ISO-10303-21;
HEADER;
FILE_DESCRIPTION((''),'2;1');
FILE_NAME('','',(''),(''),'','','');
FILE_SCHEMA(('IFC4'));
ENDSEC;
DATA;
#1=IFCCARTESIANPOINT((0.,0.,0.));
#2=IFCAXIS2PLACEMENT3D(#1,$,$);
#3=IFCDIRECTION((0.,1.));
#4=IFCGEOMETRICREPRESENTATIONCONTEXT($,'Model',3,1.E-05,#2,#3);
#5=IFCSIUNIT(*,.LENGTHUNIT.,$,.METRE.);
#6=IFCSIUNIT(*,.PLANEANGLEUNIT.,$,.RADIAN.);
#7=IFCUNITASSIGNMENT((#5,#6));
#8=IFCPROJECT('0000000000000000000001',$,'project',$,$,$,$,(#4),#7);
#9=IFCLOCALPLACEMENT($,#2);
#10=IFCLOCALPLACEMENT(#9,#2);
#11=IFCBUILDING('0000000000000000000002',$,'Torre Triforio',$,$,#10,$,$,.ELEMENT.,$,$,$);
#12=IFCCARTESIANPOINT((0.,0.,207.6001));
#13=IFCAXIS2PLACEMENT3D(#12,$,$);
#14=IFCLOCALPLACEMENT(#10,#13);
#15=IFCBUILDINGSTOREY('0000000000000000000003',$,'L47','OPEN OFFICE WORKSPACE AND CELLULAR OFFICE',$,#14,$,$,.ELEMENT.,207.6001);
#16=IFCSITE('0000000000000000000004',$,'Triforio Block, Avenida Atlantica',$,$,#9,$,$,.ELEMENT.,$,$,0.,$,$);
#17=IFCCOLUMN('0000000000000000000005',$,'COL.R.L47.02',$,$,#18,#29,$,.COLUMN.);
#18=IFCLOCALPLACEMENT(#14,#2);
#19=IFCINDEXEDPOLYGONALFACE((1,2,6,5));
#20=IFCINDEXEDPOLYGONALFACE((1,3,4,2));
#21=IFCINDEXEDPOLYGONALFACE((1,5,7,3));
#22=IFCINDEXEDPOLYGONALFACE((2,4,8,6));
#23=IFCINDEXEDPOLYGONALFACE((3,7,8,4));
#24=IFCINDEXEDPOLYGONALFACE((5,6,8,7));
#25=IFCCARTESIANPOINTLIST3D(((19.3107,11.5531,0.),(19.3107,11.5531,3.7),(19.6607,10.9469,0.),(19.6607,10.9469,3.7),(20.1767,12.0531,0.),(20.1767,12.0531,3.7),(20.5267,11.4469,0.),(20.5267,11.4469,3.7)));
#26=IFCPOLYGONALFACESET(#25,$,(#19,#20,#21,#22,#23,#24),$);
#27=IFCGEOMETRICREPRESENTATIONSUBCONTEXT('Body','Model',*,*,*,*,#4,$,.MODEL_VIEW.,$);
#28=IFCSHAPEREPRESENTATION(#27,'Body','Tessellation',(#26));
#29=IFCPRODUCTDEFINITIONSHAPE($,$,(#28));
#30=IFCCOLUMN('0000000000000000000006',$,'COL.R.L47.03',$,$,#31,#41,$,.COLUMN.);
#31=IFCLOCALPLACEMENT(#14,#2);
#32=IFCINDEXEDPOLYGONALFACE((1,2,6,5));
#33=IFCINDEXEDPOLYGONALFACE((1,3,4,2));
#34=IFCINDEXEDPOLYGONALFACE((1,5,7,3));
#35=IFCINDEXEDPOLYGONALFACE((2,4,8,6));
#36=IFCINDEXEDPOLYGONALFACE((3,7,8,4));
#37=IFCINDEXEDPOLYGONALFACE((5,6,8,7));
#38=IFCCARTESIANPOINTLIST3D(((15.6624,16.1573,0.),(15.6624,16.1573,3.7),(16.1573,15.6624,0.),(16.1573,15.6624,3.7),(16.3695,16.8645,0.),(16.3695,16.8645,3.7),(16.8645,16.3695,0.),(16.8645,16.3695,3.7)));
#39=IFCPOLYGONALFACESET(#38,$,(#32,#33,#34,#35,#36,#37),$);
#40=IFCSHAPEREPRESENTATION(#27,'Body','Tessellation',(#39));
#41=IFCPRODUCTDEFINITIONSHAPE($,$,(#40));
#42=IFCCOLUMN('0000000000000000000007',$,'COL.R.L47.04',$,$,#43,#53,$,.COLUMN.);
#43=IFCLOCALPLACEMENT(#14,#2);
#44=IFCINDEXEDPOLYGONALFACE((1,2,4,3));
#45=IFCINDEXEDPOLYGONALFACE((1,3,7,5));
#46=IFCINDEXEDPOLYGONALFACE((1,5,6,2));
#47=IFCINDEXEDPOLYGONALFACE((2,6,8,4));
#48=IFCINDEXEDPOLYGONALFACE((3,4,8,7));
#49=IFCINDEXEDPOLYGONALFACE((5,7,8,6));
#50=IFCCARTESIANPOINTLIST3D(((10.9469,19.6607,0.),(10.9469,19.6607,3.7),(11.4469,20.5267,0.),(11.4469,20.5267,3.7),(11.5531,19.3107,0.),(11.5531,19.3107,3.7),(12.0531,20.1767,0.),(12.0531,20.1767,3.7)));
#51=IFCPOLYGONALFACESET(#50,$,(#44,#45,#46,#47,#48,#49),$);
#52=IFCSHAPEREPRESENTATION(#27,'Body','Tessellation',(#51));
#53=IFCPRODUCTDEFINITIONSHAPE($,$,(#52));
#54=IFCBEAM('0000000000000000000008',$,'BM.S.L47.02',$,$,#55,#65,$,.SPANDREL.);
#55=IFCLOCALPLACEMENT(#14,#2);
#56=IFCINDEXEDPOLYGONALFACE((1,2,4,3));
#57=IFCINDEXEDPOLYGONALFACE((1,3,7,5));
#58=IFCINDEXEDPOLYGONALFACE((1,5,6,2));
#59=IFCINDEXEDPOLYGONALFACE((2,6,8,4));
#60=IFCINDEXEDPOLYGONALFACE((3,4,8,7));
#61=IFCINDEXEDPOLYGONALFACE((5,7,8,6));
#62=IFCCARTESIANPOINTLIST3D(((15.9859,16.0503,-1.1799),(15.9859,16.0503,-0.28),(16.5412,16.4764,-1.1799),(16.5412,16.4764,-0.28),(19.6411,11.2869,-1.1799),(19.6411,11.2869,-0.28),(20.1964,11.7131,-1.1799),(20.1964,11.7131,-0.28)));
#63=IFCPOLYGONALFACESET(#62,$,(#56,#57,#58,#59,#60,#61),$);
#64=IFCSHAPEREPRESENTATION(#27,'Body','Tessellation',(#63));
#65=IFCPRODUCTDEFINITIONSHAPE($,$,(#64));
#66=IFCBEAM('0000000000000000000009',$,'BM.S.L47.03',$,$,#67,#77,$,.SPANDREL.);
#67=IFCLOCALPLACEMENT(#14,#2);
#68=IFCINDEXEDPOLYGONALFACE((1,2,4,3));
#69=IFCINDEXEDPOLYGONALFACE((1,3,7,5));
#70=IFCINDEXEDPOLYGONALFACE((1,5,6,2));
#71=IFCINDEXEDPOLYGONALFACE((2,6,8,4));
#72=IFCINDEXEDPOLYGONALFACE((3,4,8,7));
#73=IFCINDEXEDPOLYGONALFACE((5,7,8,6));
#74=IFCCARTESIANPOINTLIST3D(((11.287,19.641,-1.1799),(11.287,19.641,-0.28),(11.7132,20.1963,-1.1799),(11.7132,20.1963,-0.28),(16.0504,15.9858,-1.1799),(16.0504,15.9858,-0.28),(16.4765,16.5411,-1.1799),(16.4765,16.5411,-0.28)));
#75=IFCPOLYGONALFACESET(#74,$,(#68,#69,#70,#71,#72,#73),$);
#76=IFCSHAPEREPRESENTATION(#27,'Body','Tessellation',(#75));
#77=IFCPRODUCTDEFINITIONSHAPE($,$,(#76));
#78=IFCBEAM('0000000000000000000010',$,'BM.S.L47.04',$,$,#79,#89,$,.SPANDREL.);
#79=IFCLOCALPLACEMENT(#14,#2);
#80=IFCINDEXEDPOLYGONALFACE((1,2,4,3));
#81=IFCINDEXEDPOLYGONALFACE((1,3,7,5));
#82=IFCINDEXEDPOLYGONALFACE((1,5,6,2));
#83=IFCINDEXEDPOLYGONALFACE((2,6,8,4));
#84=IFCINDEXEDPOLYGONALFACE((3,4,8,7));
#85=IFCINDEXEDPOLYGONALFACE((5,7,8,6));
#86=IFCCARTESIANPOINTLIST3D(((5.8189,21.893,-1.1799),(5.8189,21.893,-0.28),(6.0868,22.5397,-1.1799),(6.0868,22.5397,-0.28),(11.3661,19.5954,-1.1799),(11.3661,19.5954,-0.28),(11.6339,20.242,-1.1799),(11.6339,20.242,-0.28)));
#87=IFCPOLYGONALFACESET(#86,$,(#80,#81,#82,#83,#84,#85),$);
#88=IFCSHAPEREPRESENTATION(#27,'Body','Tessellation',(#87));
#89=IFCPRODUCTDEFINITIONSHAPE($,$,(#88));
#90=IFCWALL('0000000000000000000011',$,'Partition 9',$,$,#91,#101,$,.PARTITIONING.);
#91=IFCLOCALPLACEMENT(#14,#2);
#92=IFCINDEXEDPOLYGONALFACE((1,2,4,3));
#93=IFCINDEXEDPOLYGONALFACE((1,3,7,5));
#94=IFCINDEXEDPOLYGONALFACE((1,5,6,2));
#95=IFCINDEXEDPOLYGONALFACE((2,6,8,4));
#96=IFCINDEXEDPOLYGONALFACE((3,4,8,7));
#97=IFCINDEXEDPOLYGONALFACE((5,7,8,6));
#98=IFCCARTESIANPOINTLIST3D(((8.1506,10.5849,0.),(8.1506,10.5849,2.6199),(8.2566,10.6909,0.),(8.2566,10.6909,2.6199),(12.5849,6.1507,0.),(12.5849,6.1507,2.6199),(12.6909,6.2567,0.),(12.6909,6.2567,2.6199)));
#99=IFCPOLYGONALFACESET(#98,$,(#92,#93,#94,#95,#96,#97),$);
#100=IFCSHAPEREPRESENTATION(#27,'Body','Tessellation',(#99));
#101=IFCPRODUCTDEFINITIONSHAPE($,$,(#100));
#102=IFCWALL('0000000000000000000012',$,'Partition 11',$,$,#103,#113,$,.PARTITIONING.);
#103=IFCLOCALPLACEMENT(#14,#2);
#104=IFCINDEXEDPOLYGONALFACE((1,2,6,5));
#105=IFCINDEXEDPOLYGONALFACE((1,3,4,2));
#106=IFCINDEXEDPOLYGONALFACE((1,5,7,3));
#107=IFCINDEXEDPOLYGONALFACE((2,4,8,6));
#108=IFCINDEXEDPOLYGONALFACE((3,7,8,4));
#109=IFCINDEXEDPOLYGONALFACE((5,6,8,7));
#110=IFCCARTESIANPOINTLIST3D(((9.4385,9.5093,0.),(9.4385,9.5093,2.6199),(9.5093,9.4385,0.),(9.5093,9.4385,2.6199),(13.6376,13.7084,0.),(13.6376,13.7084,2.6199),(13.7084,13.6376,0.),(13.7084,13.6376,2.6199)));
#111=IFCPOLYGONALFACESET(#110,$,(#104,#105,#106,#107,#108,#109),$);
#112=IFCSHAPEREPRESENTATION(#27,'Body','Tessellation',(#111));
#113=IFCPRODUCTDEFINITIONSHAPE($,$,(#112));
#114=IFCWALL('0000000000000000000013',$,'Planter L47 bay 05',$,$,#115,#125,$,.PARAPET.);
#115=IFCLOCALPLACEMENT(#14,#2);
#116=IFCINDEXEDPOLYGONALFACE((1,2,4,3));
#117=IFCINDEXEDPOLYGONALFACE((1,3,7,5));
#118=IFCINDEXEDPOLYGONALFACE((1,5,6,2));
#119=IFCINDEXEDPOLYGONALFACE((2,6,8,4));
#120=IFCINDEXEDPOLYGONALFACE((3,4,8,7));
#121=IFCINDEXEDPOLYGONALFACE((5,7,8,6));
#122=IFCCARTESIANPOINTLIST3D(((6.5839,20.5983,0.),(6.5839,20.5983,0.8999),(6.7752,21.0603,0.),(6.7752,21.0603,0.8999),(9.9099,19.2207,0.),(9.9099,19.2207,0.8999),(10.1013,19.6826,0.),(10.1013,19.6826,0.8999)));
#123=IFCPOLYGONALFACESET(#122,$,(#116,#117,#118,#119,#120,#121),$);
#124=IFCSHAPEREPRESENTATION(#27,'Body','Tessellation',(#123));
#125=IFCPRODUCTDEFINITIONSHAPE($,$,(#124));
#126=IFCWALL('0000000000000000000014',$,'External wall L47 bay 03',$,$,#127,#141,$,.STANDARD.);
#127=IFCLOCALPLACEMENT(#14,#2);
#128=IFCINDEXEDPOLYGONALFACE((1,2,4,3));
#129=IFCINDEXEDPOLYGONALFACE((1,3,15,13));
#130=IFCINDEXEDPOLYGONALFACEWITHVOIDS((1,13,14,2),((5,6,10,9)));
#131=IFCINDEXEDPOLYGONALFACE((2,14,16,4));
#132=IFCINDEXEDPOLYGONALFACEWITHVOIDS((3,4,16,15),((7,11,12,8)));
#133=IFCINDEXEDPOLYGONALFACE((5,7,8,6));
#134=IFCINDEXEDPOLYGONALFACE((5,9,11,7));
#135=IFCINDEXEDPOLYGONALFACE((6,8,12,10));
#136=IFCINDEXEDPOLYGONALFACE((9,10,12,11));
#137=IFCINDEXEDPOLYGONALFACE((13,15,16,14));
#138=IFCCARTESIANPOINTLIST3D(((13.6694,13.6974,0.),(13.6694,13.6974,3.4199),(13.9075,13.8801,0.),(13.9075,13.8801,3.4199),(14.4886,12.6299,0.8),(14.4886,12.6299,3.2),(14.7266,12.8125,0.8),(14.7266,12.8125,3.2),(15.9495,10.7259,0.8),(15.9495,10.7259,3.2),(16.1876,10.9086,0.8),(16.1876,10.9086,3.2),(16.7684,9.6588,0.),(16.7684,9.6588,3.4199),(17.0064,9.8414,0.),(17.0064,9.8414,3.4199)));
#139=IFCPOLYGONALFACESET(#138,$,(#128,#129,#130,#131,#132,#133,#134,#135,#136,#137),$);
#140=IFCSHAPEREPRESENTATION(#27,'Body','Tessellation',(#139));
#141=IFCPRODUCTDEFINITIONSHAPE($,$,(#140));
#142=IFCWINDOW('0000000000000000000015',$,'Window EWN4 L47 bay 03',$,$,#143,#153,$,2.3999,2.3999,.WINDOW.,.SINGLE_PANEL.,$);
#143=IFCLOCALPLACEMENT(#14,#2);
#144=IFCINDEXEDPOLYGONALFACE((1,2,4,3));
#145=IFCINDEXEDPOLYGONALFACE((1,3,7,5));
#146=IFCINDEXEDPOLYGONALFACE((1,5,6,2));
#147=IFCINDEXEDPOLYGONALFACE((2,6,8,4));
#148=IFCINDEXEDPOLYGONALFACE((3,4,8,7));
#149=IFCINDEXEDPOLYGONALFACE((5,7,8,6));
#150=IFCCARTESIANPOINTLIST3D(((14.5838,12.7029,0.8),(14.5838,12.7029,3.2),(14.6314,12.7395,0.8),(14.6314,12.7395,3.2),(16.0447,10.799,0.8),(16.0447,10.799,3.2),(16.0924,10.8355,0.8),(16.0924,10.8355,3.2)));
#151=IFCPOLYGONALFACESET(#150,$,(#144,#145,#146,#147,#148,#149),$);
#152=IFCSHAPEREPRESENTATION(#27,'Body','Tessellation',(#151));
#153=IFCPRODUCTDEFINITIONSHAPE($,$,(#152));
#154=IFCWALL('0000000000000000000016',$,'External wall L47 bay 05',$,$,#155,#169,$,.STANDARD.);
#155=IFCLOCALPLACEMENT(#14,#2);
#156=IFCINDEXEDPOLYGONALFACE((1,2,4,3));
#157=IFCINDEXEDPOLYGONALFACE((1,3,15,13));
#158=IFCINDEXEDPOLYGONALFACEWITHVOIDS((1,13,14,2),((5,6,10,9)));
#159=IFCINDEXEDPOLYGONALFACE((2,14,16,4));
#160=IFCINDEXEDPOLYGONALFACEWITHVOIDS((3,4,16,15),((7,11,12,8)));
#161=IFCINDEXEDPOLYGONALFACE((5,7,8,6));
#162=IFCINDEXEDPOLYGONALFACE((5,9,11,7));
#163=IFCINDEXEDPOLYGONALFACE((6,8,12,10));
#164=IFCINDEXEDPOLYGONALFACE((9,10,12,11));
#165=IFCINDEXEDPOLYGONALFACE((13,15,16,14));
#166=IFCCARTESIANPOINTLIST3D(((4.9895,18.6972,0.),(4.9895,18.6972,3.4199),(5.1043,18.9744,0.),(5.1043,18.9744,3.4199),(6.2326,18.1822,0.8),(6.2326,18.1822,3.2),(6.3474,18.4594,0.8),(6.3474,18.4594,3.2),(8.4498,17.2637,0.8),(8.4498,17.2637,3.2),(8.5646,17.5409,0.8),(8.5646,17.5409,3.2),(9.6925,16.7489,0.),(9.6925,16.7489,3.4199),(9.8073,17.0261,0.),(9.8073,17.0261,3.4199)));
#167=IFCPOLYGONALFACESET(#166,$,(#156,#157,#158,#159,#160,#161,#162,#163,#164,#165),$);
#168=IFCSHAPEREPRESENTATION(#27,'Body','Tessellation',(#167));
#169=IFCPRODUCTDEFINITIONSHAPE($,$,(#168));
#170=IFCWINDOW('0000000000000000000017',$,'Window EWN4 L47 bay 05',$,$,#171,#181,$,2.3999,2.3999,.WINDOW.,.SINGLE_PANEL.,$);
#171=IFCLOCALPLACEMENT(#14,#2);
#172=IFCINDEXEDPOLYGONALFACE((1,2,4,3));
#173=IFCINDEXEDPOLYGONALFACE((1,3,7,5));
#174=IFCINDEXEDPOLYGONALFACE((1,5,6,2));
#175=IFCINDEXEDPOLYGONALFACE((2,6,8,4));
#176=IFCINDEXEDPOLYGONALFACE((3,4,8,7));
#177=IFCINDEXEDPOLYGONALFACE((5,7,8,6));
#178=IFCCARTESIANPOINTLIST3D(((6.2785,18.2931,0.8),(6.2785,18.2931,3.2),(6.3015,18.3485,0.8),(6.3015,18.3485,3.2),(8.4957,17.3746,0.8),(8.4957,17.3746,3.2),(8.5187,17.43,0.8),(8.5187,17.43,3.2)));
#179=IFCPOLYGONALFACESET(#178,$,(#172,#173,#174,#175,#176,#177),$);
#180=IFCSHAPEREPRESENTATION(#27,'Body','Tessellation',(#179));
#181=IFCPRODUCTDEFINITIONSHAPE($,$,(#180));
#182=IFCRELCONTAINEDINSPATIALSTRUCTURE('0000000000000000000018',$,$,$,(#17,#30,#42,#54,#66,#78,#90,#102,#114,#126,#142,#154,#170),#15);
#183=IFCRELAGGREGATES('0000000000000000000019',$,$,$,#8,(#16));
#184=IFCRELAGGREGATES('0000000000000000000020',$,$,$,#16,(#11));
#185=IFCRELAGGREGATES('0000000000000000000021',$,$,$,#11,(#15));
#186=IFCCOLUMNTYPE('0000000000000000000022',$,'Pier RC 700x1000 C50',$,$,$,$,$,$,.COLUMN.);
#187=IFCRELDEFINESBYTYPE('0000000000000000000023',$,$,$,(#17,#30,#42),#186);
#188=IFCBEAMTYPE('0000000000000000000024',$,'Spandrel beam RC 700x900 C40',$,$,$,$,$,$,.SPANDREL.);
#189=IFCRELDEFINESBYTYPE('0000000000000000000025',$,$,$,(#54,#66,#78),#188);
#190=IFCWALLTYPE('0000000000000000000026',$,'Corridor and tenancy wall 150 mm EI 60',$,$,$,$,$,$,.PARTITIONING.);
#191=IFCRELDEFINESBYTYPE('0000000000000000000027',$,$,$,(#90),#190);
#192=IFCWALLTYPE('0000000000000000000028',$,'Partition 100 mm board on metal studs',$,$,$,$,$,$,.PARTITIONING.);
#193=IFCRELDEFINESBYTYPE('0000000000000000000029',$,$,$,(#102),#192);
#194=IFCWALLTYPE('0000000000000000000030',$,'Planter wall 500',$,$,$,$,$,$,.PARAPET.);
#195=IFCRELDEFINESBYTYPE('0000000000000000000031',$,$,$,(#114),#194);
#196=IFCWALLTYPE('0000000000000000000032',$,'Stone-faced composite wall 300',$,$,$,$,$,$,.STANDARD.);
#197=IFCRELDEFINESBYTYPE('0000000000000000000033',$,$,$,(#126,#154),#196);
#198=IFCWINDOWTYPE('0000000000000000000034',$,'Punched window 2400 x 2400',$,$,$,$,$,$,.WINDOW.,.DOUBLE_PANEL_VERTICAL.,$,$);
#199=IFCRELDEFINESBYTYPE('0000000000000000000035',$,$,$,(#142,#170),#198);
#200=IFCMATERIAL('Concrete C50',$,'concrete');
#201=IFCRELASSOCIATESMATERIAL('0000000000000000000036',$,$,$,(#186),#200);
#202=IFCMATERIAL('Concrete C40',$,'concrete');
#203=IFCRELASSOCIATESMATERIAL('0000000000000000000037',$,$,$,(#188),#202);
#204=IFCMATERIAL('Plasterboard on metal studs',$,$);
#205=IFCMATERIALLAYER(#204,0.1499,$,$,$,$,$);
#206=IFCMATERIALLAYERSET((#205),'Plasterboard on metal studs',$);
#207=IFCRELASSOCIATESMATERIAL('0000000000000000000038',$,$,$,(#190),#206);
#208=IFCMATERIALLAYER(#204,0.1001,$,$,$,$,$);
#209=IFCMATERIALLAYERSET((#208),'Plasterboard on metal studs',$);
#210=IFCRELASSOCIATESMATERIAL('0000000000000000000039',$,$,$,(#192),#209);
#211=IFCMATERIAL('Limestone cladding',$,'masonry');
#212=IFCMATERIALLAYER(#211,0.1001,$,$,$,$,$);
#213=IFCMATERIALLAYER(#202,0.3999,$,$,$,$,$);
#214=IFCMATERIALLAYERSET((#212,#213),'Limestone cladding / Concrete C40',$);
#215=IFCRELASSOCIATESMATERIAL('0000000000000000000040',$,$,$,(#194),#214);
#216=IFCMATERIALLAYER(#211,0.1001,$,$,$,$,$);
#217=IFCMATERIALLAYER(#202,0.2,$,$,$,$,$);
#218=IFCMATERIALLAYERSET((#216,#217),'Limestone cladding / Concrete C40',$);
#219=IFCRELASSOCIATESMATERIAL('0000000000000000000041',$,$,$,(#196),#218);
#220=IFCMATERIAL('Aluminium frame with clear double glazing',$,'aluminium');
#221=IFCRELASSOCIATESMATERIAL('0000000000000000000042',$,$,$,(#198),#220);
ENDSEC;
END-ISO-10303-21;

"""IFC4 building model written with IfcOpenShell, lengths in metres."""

from ifc_helpers import new_model, si_unit, direction, frame, frame_2d, origin, origin_2d, place, context, subcontext, project, spatial, rectangle, extrude, material, layer, layer_set, material_profile, profile_set, type_object, element, fill, save


model = new_model("IFC4")

# Units and contexts
model_context = context("Model", 3, precision=1e-05, world=origin(), true_north=direction((0.0, 1.0)))
body_context = subcontext(model_context, "Body", "Model", "MODEL_VIEW")
ifc_project = project(units=[si_unit("LENGTHUNIT", "METRE"), si_unit("PLANEANGLEUNIT", "RADIAN")], contexts=[model_context])

# Site, building, storey
site_placement = place(None, origin())
site = spatial("IfcSite", under=ifc_project, at=site_placement, Name="Triforio Block, Avenida Atlantica", CompositionType="ELEMENT", RefElevation=0.0)
building_placement = place(site_placement, origin())
building = spatial("IfcBuilding", under=site, at=building_placement, Name="Torre Triforio", CompositionType="ELEMENT")
storey_placement = place(building_placement, frame((0.0, 0.0, 207.6001)))
storey = spatial("IfcBuildingStorey", under=building, at=storey_placement, Name="L47", Description="OPEN OFFICE WORKSPACE AND CELLULAR OFFICE", CompositionType="ELEMENT", Elevation=207.6001)

# Columns
ifc_material_1 = material(Name="Concrete C50", Category="concrete")
ifc_material_profile_1 = material_profile(ifc_material_1, rectangle(XDim=0.7, YDim=1.0, at=origin_2d()), Name="RC 700x1000")
ifc_profile_set_1 = profile_set([ifc_material_profile_1], Name="Concrete C50")
column_type = type_object("IfcColumnType", Name="Pier RC 700x1000 C50", PredefinedType="COLUMN", material=ifc_profile_set_1)
for number, where, z_axis, x_axis, name in (
    (1, (19.9187, 11.5, 0.0), (0.0, 0.0, 1.0), (-0.5, 0.866025, 0.0), "COL.R.L47.02"),
    (2, (16.2634, 16.2634, 0.0), (0.0, 0.0, 1.0), (-0.707107, 0.707107, 0.0), "COL.R.L47.03"),
    (3, (11.5, 19.9187, 0.0), (0.0, 0.0, 1.0), (-0.866025, 0.5, 0.0), "COL.R.L47.04"),
):
    element("IfcColumn", number, at=place(storey_placement, frame(where, z_axis=z_axis, x_axis=x_axis)), inside=storey, type_object=column_type, Name=name, PredefinedType="COLUMN", context=body_context, shape_type="SweptSolid", body=[
        extrude(rectangle(XDim=0.7, YDim=1.0, at=origin_2d()), origin(), (0.0, 0.0, 1.0), 3.7),
    ])

# Beams
ifc_material_2 = material(Name="Concrete C40", Category="concrete")
ifc_material_profile_2 = material_profile(ifc_material_2, rectangle(XDim=0.7, YDim=0.8999, at=origin_2d()), Name="RC 700x900")
ifc_profile_set_2 = profile_set([ifc_material_profile_2], Name="Concrete C40")
beam_type = type_object("IfcBeamType", Name="Spandrel beam RC 700x900 C40", PredefinedType="SPANDREL", material=ifc_profile_set_2)
for number, where, z_axis, x_axis, name in (
    (4, (19.9187, 11.5, -0.73), (-0.608779, 0.79334, 0.0), (-0.79334, -0.608779, 0.0), "BM.S.L47.02"),
    (5, (16.2634, 16.2634, -0.73), (-0.79334, 0.608779, 0.0), (-0.608779, -0.79334, 0.0), "BM.S.L47.03"),
    (6, (11.5, 19.9187, -0.73), (-0.923885, 0.382671, 0.0), (-0.382671, -0.923885, 0.0), "BM.S.L47.04"),
):
    element("IfcBeam", number, at=place(storey_placement, frame(where, z_axis=z_axis, x_axis=x_axis)), inside=storey, type_object=beam_type, Name=name, PredefinedType="SPANDREL", context=body_context, shape_type="SweptSolid", body=[
        extrude(rectangle(XDim=0.7, YDim=0.8999, at=origin_2d()), origin(), (0.0, 0.0, 1.0), 6.0042),
    ])

# Walls
ifc_material_3 = material(Name="Plasterboard on metal studs")
ifc_layer_1 = layer(ifc_material_3, 0.1499)
ifc_layer_set_1 = layer_set([ifc_layer_1], Name="Plasterboard on metal studs")
wall_type_1 = type_object("IfcWallType", Name="Corridor and tenancy wall 150 mm EI 60", PredefinedType="PARTITIONING", material=ifc_layer_set_1)
wall_1_placement = place(storey_placement, frame((8.2036, 10.6379, 0.0), z_axis=(0.0, 0.0, 1.0), x_axis=(0.707107, -0.707107, 0.0)))
element("IfcWall", 7, at=wall_1_placement, inside=storey, type_object=wall_type_1, Name="Partition 9", PredefinedType="PARTITIONING", context=body_context, shape_type="SweptSolid", body=[
    extrude(rectangle(XDim=6.271, YDim=0.1499, at=frame_2d((3.1355, 0.0))), origin(), (0.0, 0.0, 1.0), 2.6199),
])
ifc_layer_2 = layer(ifc_material_3, 0.1001)
ifc_layer_set_2 = layer_set([ifc_layer_2], Name="Plasterboard on metal studs")
wall_type_2 = type_object("IfcWallType", Name="Partition 100 mm board on metal studs", PredefinedType="PARTITIONING", material=ifc_layer_set_2)
wall_2_placement = place(storey_placement, frame((9.4739, 9.4739, 0.0), z_axis=(0.0, 0.0, 1.0), x_axis=(0.707107, 0.707107, 0.0)))
element("IfcWall", 8, at=wall_2_placement, inside=storey, type_object=wall_type_2, Name="Partition 11", PredefinedType="PARTITIONING", context=body_context, shape_type="SweptSolid", body=[
    extrude(rectangle(XDim=5.9385, YDim=0.1001, at=frame_2d((2.9692, 0.0))), origin(), (0.0, 0.0, 1.0), 2.6199),
])
ifc_material_4 = material(Name="Limestone cladding", Category="masonry")
ifc_layer_3 = layer(ifc_material_4, 0.1001)
ifc_layer_4 = layer(ifc_material_2, 0.3999)
ifc_layer_set_3 = layer_set([ifc_layer_3, ifc_layer_4], Name="Limestone cladding / Concrete C40")
wall_type_3 = type_object("IfcWallType", Name="Planter wall 500", PredefinedType="PARAPET", material=ifc_layer_set_3)
wall_3_placement = place(storey_placement, frame((10.0056, 19.4517, 0.0), z_axis=(0.0, 0.0, 1.0), x_axis=(-0.923885, 0.382669, 0.0)))
element("IfcWall", 9, at=wall_3_placement, inside=storey, type_object=wall_type_3, Name="Planter L47 bay 05", PredefinedType="PARAPET", context=body_context, shape_type="SweptSolid", body=[
    extrude(rectangle(XDim=3.6001, YDim=0.5, at=frame_2d((1.8, 0.0))), origin(), (0.0, 0.0, 1.0), 0.8999),
])

# Wall, opening, window
ifc_layer_5 = layer(ifc_material_4, 0.1001)
ifc_layer_6 = layer(ifc_material_2, 0.2)
ifc_layer_set_4 = layer_set([ifc_layer_5, ifc_layer_6], Name="Limestone cladding / Concrete C40")
wall_type_4 = type_object("IfcWallType", Name="Stone-faced composite wall 300", PredefinedType="STANDARD", material=ifc_layer_set_4)
wall_4_placement = place(storey_placement, frame((16.8875, 9.75, 0.0), z_axis=(0.0, 0.0, 1.0), x_axis=(-0.608758, 0.793356, 0.0)))
wall_4 = element("IfcWall", 10, at=wall_4_placement, inside=storey, type_object=wall_type_4, Name="External wall L47 bay 03", PredefinedType="STANDARD", context=body_context, shape_type="SweptSolid", body=[
    extrude(rectangle(XDim=5.0906, YDim=0.3, at=frame_2d((2.5454, 0.0))), origin(), (0.0, 0.0, 1.0), 3.4199),
])
opening_1_placement = place(wall_4_placement, frame((1.3452, 0.0, 0.8)))
opening_1 = element("IfcOpeningElement", 11, at=opening_1_placement, cuts=wall_4, PredefinedType="OPENING", context=body_context, shape_type="SweptSolid", body=[
    extrude(rectangle(XDim=2.3999, YDim=2.3999, at=frame_2d((1.2, 1.2))), frame((0.0, 0.1599, 0.0), z_axis=(0.0, -1.0, 0.0), x_axis=(1.0, 0.0, 0.0)), (0.0, 0.0, 1.0), 0.3201),
])
ifc_material_5 = material(Name="Aluminium frame with clear double glazing", Category="aluminium")
window_type_1 = type_object("IfcWindowType", Name="Punched window 2400 x 2400", PartitioningType="DOUBLE_PANEL_VERTICAL", PredefinedType="WINDOW", material=ifc_material_5)
window_1_placement = place(opening_1_placement, origin())
window_1 = element("IfcWindow", 12, at=window_1_placement, inside=storey, type_object=window_type_1, Name="Window EWN4 L47 bay 03", OverallHeight=2.3999, OverallWidth=2.3999, PartitioningType="SINGLE_PANEL", PredefinedType="WINDOW", context=body_context, shape_type="SweptSolid", body=[
    extrude(rectangle(XDim=2.3999, YDim=2.3999, at=frame_2d((1.2, 1.2))), frame((0.0, 0.03, 0.0), z_axis=(0.0, -1.0, 0.0), x_axis=(1.0, 0.0, 0.0)), (0.0, 0.0, 1.0), 0.0601),
])
fill(opening_1, window_1)

# Wall, opening, window
wall_5_placement = place(storey_placement, frame((9.75, 16.8875, 0.0), z_axis=(0.0, 0.0, 1.0), x_axis=(-0.923863, 0.382725, 0.0)))
wall_5 = element("IfcWall", 13, at=wall_5_placement, inside=storey, type_object=wall_type_4, Name="External wall L47 bay 05", PredefinedType="STANDARD", context=body_context, shape_type="SweptSolid", body=[
    extrude(rectangle(XDim=5.0906, YDim=0.3, at=frame_2d((2.5454, 0.0))), origin(), (0.0, 0.0, 1.0), 3.4199),
])
opening_2_placement = place(wall_5_placement, frame((1.3452, 0.0, 0.8)))
opening_2 = element("IfcOpeningElement", 14, at=opening_2_placement, cuts=wall_5, PredefinedType="OPENING", context=body_context, shape_type="SweptSolid", body=[
    extrude(rectangle(XDim=2.3999, YDim=2.3999, at=frame_2d((1.2, 1.2))), frame((0.0, 0.1599, 0.0), z_axis=(0.0, -1.0, 0.0), x_axis=(1.0, 0.0, 0.0)), (0.0, 0.0, 1.0), 0.3201),
])
window_2_placement = place(opening_2_placement, origin())
window_2 = element("IfcWindow", 15, at=window_2_placement, inside=storey, type_object=window_type_1, Name="Window EWN4 L47 bay 05", OverallHeight=2.3999, OverallWidth=2.3999, PartitioningType="SINGLE_PANEL", PredefinedType="WINDOW", context=body_context, shape_type="SweptSolid", body=[
    extrude(rectangle(XDim=2.3999, YDim=2.3999, at=frame_2d((1.2, 1.2))), frame((0.0, 0.03, 0.0), z_axis=(0.0, -1.0, 0.0), x_axis=(1.0, 0.0, 0.0)), (0.0, 0.0, 1.0), 0.0601),
])
fill(opening_2, window_2)

save(model, "model.ifc")
